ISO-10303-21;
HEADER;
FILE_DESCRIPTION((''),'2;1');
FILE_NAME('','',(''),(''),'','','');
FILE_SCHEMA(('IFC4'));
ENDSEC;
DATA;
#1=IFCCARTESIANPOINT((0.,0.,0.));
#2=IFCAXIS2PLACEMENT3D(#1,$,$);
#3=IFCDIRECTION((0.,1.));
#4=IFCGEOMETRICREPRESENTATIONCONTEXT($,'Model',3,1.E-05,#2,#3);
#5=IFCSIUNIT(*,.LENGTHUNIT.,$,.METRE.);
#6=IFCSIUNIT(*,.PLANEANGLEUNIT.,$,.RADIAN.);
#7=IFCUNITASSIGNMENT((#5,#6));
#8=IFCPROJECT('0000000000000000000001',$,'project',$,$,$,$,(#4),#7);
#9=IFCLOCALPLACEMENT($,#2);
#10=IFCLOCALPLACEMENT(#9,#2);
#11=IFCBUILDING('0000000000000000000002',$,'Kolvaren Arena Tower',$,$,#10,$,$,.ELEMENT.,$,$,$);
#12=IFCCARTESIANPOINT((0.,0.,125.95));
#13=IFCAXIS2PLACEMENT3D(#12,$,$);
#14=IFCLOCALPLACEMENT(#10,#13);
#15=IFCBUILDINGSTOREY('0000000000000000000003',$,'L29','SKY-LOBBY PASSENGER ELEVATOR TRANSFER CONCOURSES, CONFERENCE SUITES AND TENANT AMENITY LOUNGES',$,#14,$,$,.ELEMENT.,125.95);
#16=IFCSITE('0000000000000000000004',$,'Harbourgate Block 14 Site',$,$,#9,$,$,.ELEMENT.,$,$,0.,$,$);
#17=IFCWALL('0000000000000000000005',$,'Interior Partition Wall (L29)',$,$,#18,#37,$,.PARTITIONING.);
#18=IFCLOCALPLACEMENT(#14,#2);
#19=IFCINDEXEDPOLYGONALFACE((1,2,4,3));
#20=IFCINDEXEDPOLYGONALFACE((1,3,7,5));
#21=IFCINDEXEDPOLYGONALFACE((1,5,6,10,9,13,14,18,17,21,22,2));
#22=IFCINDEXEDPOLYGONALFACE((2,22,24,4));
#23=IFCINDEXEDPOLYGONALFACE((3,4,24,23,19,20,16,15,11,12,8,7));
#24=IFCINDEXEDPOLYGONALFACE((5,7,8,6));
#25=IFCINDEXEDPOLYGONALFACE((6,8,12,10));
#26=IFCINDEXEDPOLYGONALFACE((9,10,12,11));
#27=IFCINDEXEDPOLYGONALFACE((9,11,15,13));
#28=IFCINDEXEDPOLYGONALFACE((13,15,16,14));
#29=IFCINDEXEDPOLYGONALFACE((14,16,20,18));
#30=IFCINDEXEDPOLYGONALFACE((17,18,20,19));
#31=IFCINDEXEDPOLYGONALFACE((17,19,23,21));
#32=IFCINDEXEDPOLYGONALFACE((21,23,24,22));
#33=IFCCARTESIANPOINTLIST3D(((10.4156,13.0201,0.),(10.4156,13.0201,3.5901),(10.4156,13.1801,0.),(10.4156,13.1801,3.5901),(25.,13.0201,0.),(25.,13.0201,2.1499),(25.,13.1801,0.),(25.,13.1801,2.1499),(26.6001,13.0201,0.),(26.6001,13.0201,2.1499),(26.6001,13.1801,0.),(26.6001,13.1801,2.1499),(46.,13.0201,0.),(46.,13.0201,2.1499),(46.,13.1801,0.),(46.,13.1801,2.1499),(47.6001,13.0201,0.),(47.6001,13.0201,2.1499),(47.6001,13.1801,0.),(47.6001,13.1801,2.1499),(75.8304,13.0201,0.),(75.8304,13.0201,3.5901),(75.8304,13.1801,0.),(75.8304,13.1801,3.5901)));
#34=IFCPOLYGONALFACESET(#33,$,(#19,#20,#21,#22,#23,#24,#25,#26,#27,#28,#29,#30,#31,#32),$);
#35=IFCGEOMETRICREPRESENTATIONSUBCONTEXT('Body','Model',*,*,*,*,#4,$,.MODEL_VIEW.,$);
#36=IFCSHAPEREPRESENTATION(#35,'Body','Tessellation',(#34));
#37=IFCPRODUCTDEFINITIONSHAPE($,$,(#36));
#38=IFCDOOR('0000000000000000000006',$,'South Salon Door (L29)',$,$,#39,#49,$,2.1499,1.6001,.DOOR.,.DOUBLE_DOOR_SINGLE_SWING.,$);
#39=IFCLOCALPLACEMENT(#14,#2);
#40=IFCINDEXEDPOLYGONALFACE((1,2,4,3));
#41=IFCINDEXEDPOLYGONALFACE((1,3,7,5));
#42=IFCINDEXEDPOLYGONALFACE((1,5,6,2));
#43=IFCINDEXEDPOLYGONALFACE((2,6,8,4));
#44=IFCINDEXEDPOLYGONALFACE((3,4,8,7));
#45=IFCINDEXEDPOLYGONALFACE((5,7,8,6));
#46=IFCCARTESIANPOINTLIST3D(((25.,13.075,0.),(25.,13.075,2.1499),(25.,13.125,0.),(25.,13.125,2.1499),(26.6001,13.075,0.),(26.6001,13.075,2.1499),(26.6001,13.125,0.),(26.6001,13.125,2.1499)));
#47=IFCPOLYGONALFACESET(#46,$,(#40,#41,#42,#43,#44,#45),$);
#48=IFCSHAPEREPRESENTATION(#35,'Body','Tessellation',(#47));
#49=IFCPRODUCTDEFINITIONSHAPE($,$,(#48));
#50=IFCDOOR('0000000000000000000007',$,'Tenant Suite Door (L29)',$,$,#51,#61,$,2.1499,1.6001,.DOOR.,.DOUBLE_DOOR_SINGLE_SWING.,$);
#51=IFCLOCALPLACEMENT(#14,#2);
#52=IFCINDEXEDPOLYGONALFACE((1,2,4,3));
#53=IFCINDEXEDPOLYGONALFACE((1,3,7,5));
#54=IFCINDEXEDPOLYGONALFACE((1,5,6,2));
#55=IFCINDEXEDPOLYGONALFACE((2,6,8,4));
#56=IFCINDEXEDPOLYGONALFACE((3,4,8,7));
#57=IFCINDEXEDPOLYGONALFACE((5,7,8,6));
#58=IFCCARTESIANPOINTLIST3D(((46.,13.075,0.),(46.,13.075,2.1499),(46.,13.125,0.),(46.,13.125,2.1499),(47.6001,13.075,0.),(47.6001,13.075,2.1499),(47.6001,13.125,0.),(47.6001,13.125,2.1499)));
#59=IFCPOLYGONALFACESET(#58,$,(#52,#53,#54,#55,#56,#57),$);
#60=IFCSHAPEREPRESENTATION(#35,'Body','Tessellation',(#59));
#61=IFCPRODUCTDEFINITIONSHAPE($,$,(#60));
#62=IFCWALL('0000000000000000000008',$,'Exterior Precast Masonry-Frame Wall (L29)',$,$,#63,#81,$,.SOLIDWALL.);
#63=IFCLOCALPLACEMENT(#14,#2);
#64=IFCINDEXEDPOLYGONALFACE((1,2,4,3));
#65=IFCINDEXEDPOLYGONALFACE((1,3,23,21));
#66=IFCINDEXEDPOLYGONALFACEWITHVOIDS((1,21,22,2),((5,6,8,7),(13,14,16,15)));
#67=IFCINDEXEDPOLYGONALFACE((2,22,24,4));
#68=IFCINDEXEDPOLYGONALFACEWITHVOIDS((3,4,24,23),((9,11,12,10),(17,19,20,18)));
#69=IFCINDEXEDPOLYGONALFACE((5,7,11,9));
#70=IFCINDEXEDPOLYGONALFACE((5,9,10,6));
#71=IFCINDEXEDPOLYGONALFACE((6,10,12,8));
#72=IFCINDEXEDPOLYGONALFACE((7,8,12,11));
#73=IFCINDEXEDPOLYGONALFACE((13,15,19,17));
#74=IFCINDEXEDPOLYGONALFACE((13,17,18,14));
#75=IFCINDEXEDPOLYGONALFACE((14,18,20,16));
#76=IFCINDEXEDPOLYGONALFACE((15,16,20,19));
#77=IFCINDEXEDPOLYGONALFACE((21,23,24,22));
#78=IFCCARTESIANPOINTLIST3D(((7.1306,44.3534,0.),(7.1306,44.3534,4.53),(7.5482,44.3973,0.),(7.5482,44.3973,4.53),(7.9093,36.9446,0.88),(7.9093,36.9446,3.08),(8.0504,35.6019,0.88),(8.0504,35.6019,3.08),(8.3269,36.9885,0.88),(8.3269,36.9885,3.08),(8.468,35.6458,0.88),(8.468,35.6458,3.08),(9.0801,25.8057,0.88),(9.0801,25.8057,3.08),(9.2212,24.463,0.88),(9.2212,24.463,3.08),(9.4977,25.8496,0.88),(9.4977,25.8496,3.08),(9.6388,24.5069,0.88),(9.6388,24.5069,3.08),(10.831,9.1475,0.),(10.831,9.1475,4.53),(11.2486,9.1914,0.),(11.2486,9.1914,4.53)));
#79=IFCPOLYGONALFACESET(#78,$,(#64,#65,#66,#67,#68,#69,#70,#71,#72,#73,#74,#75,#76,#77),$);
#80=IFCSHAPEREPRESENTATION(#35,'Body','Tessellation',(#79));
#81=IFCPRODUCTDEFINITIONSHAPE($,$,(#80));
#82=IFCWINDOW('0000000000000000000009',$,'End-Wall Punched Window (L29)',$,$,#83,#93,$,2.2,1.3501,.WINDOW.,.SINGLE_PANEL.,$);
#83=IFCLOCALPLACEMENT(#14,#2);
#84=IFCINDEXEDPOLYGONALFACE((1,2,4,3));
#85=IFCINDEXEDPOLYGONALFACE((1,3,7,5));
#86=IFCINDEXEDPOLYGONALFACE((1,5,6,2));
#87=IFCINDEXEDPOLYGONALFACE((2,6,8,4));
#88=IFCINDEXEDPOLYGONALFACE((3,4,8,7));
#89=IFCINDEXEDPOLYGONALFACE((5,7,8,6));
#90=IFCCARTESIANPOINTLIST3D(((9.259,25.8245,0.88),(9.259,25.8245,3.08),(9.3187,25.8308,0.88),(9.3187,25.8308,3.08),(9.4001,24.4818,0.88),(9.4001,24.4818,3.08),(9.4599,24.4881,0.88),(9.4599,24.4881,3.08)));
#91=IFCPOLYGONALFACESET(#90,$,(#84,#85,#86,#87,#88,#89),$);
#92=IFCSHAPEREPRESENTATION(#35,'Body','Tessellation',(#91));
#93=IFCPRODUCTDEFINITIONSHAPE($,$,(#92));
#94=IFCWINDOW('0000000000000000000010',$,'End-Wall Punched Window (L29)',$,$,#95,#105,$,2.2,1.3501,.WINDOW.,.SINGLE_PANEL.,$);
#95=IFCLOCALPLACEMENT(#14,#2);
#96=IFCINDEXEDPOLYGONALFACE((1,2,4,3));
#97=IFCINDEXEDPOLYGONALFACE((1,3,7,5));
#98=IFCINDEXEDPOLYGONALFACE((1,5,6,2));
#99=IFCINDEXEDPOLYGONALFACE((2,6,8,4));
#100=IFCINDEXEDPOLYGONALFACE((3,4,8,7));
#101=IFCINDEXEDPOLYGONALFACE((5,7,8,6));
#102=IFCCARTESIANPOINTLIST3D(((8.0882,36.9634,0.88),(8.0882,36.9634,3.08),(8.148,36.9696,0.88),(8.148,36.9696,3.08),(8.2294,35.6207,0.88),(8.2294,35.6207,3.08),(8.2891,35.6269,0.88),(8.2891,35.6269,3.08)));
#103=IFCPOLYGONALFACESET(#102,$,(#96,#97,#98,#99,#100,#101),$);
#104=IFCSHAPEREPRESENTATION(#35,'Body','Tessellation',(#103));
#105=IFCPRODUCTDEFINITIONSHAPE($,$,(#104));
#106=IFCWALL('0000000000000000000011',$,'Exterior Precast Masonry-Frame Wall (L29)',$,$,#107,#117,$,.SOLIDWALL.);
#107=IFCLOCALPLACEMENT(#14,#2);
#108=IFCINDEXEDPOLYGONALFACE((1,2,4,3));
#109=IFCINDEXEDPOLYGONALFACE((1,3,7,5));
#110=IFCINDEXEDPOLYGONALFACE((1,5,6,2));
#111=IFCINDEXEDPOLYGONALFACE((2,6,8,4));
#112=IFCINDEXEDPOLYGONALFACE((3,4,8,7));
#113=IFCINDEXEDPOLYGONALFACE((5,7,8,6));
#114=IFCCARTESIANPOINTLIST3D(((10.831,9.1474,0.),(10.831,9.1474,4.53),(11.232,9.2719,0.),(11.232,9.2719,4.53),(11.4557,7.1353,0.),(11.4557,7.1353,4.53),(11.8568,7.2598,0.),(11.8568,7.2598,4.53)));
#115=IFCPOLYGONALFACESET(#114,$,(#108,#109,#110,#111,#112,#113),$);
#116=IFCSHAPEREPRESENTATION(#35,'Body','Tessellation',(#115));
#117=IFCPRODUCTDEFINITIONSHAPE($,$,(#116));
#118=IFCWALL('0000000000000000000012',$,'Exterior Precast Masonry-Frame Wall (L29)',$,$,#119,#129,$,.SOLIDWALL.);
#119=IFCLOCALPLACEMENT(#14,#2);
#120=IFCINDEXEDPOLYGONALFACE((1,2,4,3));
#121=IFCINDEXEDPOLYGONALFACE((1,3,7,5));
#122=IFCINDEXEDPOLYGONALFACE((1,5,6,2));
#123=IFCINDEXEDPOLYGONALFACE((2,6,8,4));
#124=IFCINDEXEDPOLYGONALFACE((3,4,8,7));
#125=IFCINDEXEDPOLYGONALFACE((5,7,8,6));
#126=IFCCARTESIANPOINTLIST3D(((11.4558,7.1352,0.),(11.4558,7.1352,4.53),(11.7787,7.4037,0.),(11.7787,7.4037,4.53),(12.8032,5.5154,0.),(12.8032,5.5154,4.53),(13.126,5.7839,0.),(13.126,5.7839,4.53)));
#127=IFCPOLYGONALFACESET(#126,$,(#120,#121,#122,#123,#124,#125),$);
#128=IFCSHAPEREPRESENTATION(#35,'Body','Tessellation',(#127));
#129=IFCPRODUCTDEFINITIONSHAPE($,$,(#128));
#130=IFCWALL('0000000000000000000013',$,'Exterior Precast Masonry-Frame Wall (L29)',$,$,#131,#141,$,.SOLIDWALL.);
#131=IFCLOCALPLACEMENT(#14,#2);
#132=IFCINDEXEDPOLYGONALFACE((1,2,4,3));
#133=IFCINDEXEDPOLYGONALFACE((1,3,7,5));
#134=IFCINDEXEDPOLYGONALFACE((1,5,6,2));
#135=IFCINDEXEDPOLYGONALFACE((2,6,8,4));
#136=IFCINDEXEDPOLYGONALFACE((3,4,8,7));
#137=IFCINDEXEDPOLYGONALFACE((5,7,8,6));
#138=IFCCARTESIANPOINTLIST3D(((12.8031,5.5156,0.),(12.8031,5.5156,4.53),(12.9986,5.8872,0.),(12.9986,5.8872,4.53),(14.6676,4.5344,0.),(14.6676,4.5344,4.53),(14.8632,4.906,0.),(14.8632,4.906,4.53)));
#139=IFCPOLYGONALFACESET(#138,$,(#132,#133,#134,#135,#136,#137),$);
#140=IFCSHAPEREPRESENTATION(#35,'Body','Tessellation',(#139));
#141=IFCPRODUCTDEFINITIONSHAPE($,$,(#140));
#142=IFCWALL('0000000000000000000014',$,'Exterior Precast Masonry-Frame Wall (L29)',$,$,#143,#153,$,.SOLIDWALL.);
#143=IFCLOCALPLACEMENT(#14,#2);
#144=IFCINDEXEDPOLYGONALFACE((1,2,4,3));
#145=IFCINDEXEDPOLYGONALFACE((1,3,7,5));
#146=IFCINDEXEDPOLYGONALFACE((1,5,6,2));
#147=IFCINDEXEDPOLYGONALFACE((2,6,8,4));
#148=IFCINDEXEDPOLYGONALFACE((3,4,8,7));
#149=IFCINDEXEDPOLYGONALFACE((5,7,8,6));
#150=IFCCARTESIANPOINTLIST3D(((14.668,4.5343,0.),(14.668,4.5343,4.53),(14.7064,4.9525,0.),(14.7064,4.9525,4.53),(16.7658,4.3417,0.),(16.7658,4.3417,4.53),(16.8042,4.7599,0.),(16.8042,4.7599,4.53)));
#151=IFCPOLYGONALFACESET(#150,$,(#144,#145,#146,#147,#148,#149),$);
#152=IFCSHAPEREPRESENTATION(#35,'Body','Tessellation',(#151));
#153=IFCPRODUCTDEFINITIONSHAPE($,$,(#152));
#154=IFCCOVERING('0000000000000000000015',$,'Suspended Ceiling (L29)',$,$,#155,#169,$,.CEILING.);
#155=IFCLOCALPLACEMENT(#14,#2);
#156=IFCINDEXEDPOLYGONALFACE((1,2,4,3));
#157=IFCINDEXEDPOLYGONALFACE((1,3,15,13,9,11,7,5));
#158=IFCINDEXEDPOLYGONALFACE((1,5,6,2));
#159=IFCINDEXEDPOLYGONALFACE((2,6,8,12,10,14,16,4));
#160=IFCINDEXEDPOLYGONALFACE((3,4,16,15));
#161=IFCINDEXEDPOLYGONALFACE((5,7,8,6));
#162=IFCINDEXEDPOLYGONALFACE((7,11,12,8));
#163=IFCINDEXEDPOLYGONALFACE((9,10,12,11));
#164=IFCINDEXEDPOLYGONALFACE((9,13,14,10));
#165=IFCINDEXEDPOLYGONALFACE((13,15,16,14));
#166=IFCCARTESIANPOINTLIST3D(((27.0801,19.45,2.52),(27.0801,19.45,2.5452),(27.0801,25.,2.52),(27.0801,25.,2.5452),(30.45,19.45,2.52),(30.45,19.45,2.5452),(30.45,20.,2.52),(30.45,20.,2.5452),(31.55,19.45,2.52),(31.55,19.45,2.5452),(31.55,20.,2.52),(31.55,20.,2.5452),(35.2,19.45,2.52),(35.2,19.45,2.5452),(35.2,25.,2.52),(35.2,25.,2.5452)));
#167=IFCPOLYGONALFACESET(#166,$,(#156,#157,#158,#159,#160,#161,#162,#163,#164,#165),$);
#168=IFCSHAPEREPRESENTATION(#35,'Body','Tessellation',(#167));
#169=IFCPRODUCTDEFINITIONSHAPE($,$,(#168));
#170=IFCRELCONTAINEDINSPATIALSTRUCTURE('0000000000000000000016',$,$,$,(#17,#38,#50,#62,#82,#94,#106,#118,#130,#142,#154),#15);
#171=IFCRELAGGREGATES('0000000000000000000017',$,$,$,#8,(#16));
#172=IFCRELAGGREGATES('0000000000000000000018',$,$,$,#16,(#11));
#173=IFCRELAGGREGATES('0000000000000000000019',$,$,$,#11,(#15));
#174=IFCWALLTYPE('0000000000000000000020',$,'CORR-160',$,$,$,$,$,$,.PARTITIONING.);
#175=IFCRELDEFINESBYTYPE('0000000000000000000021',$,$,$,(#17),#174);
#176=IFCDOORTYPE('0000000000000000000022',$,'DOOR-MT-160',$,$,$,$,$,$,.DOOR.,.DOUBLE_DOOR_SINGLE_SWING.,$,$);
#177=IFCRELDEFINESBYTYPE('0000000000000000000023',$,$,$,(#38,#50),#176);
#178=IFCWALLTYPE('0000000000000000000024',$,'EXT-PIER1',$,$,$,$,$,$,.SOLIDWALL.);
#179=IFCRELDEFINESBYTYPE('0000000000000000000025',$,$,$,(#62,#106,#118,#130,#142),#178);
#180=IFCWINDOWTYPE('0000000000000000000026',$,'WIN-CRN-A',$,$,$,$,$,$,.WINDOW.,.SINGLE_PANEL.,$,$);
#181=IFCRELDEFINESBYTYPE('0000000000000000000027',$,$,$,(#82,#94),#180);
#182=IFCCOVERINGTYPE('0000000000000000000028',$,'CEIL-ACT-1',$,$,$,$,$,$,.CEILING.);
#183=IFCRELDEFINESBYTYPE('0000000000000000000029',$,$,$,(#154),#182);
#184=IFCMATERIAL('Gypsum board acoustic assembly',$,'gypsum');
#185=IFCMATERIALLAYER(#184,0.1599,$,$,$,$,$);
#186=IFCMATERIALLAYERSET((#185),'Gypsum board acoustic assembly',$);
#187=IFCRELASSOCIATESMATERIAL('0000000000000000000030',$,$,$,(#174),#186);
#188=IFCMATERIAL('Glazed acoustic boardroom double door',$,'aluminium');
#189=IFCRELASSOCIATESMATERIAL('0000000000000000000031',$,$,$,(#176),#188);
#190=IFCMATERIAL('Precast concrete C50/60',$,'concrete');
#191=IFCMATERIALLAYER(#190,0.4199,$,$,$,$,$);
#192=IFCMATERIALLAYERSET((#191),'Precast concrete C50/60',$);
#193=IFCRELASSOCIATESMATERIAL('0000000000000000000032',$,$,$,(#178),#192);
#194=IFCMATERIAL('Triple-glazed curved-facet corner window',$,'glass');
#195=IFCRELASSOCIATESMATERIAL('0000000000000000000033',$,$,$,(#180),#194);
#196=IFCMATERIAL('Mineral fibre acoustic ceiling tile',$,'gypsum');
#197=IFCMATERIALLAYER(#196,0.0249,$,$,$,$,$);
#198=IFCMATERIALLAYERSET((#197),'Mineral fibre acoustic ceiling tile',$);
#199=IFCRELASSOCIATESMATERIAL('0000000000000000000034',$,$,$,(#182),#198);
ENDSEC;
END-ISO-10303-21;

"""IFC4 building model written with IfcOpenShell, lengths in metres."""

from ifc_helpers import new_model, si_unit, direction, frame, frame_2d, origin, place, context, subcontext, project, spatial, polyline, rectangle, outline, extrude, material, layer, layer_set, type_object, element, fill, save


model = new_model("IFC4")

# Units and contexts
model_context = context("Model", 3, precision=1e-05, world=origin(), true_north=direction((0.0, 1.0)))
body_context = subcontext(model_context, "Body", "Model", "MODEL_VIEW")
ifc_project = project(units=[si_unit("LENGTHUNIT", "METRE"), si_unit("PLANEANGLEUNIT", "RADIAN")], contexts=[model_context])

# Site, building, storey
site_placement = place(None, origin())
site = spatial("IfcSite", under=ifc_project, at=site_placement, Name="Harbourgate Block 14 Site", CompositionType="ELEMENT", RefElevation=0.0)
building_placement = place(site_placement, origin())
building = spatial("IfcBuilding", under=site, at=building_placement, Name="Kolvaren Arena Tower", CompositionType="ELEMENT")
storey_placement = place(building_placement, frame((0.0, 0.0, 125.95)))
storey = spatial("IfcBuildingStorey", under=building, at=storey_placement, Name="L29", Description="SKY-LOBBY PASSENGER ELEVATOR TRANSFER CONCOURSES, CONFERENCE SUITES AND TENANT AMENITY LOUNGES", CompositionType="ELEMENT", Elevation=125.95)

# Wall, openings, doors
ifc_material_1 = material(Name="Gypsum board acoustic assembly", Category="gypsum")
ifc_layer_1 = layer(ifc_material_1, 0.1599)
ifc_layer_set_1 = layer_set([ifc_layer_1], Name="Gypsum board acoustic assembly")
wall_type_1 = type_object("IfcWallType", Name="CORR-160", PredefinedType="PARTITIONING", material=ifc_layer_set_1)
wall_1_placement = place(storey_placement, frame((10.4155, 13.1001, 0.0), z_axis=(0.0, 0.0, 1.0), x_axis=(1.0, 0.0, 0.0)))
wall_1 = element("IfcWall", 1, at=wall_1_placement, inside=storey, type_object=wall_type_1, Name="Interior Partition Wall (L29)", PredefinedType="PARTITIONING", context=body_context, shape_type="SweptSolid", body=[
    extrude(rectangle(XDim=65.4148, YDim=0.1599, at=frame_2d((32.7075, 0.0))), origin(), (0.0, 0.0, 1.0), 3.5901),
])
opening_1_placement = place(wall_1_placement, frame((14.5845, 0.0, 0.0)))
opening_1 = element("IfcOpeningElement", 2, at=opening_1_placement, cuts=wall_1, PredefinedType="OPENING", context=body_context, shape_type="SweptSolid", body=[
    extrude(rectangle(XDim=1.6001, YDim=2.1499, at=frame_2d((0.8, 1.075))), frame((0.0, 0.0898, 0.0), z_axis=(0.0, -1.0, 0.0), x_axis=(1.0, 0.0, 0.0)), (0.0, 0.0, 1.0), 0.1799),
])
opening_2_placement = place(wall_1_placement, frame((35.5845, 0.0, 0.0)))
opening_2 = element("IfcOpeningElement", 3, at=opening_2_placement, cuts=wall_1, PredefinedType="OPENING", context=body_context, shape_type="SweptSolid", body=[
    extrude(rectangle(XDim=1.6001, YDim=2.1499, at=frame_2d((0.8, 1.075))), frame((0.0, 0.0898, 0.0), z_axis=(0.0, -1.0, 0.0), x_axis=(1.0, 0.0, 0.0)), (0.0, 0.0, 1.0), 0.1799),
])
ifc_material_2 = material(Name="Glazed acoustic boardroom double door", Category="aluminium")
door_type = type_object("IfcDoorType", Name="DOOR-MT-160", OperationType="DOUBLE_DOOR_SINGLE_SWING", PredefinedType="DOOR", material=ifc_material_2)
door_1_placement = place(opening_1_placement, origin())
door_1 = element("IfcDoor", 4, at=door_1_placement, inside=storey, type_object=door_type, Name="South Salon Door (L29)", OperationType="DOUBLE_DOOR_SINGLE_SWING", OverallHeight=2.1499, OverallWidth=1.6001, PredefinedType="DOOR", context=body_context, shape_type="SweptSolid", body=[
    extrude(rectangle(XDim=1.6001, YDim=2.1499, at=frame_2d((0.8, 1.075))), frame((0.0, 0.0249, 0.0), z_axis=(0.0, -1.0, 0.0), x_axis=(1.0, 0.0, 0.0)), (0.0, 0.0, 1.0), 0.05),
])
fill(opening_1, door_1)
door_2_placement = place(opening_2_placement, origin())
door_2 = element("IfcDoor", 5, at=door_2_placement, inside=storey, type_object=door_type, Name="Tenant Suite Door (L29)", OperationType="DOUBLE_DOOR_SINGLE_SWING", OverallHeight=2.1499, OverallWidth=1.6001, PredefinedType="DOOR", context=body_context, shape_type="SweptSolid", body=[
    extrude(rectangle(XDim=1.6001, YDim=2.1499, at=frame_2d((0.8, 1.075))), frame((0.0, 0.0249, 0.0), z_axis=(0.0, -1.0, 0.0), x_axis=(1.0, 0.0, 0.0)), (0.0, 0.0, 1.0), 0.05),
])
fill(opening_2, door_2)

# Wall, openings, windows
ifc_material_3 = material(Name="Precast concrete C50/60", Category="concrete")
ifc_layer_2 = layer(ifc_material_3, 0.4199)
ifc_layer_set_2 = layer_set([ifc_layer_2], Name="Precast concrete C50/60")
wall_type_2 = type_object("IfcWallType", Name="EXT-PIER1", PredefinedType="SOLIDWALL", material=ifc_layer_set_2)
wall_2_placement = place(storey_placement, frame((11.0398, 9.1694, 0.0), z_axis=(0.0, 0.0, 1.0), x_axis=(-0.104532, 0.994522, 0.0)))
wall_2 = element("IfcWall", 6, at=wall_2_placement, inside=storey, type_object=wall_type_2, Name="Exterior Precast Masonry-Frame Wall (L29)", PredefinedType="SOLIDWALL", context=body_context, shape_type="SweptSolid", body=[
    extrude(rectangle(XDim=35.3999, YDim=0.4199, at=frame_2d((17.7, 0.0))), origin(), (0.0, 0.0, 1.0), 4.53),
])
opening_3_placement = place(wall_2_placement, frame((15.3999, 0.0, 0.8799)))
opening_3 = element("IfcOpeningElement", 7, at=opening_3_placement, cuts=wall_2, PredefinedType="OPENING", context=body_context, shape_type="SweptSolid", body=[
    extrude(rectangle(XDim=1.3501, YDim=2.2, at=frame_2d((0.675, 1.1001))), frame((0.0, 0.22, 0.0), z_axis=(0.0, -1.0, 0.0), x_axis=(1.0, 0.0, 0.0)), (0.0, 0.0, 1.0), 0.4399),
])
opening_4_placement = place(wall_2_placement, frame((26.6001, 0.0, 0.8799)))
opening_4 = element("IfcOpeningElement", 8, at=opening_4_placement, cuts=wall_2, PredefinedType="OPENING", context=body_context, shape_type="SweptSolid", body=[
    extrude(rectangle(XDim=1.3501, YDim=2.2, at=frame_2d((0.675, 1.1001))), frame((0.0, 0.22, 0.0), z_axis=(0.0, -1.0, 0.0), x_axis=(1.0, 0.0, 0.0)), (0.0, 0.0, 1.0), 0.4399),
])
ifc_material_4 = material(Name="Triple-glazed curved-facet corner window", Category="glass")
window_type = type_object("IfcWindowType", Name="WIN-CRN-A", PartitioningType="SINGLE_PANEL", PredefinedType="WINDOW", material=ifc_material_4)
window_1_placement = place(opening_3_placement, origin())
window_1 = element("IfcWindow", 9, at=window_1_placement, inside=storey, type_object=window_type, Name="End-Wall Punched Window (L29)", OverallHeight=2.2, OverallWidth=1.3501, PartitioningType="SINGLE_PANEL", PredefinedType="WINDOW", context=body_context, shape_type="SweptSolid", body=[
    extrude(rectangle(XDim=1.3501, YDim=2.2, at=frame_2d((0.675, 1.1001))), frame((0.0, 0.03, 0.0), z_axis=(0.0, -1.0, 0.0), x_axis=(1.0, 0.0, 0.0)), (0.0, 0.0, 1.0), 0.0601),
])
fill(opening_3, window_1)
window_2_placement = place(opening_4_placement, origin())
window_2 = element("IfcWindow", 10, at=window_2_placement, inside=storey, type_object=window_type, Name="End-Wall Punched Window (L29)", OverallHeight=2.2, OverallWidth=1.3501, PartitioningType="SINGLE_PANEL", PredefinedType="WINDOW", context=body_context, shape_type="SweptSolid", body=[
    extrude(rectangle(XDim=1.3501, YDim=2.2, at=frame_2d((0.675, 1.1001))), frame((0.0, 0.03, 0.0), z_axis=(0.0, -1.0, 0.0), x_axis=(1.0, 0.0, 0.0)), (0.0, 0.0, 1.0), 0.0601),
])
fill(opening_4, window_2)

# Walls
for number, where, z_axis, x_axis, name in (
    (11, (11.6562, 7.1975, 0.0), (0.0, 0.0, 1.0), (-0.296519, 0.955027, 0.0), "Exterior Precast Masonry-Frame Wall (L29)"),
    (12, (12.9646, 5.6497, 0.0), (0.0, 0.0, 1.0), (-0.639489, 0.7688, 0.0), "Exterior Precast Masonry-Frame Wall (L29)"),
    (13, (14.7654, 4.7202, 0.0), (0.0, 0.0, 1.0), (-0.884941, 0.465703, 0.0), "Exterior Precast Masonry-Frame Wall (L29)"),
):
    element("IfcWall", number, at=place(storey_placement, frame(where, z_axis=z_axis, x_axis=x_axis)), inside=storey, type_object=wall_type_2, Name=name, PredefinedType="SOLIDWALL", context=body_context, shape_type="SweptSolid", body=[
        extrude(rectangle(XDim=2.1069, YDim=0.4199, at=frame_2d((1.0535, 0.0))), origin(), (0.0, 0.0, 1.0), 4.53),
    ])
wall_3_placement = place(storey_placement, frame((16.7849, 4.5508, 0.0), z_axis=(0.0, 0.0, 1.0), x_axis=(-0.995811, 0.091434, 0.0)))
element("IfcWall", 14, at=wall_3_placement, inside=storey, type_object=wall_type_2, Name="Exterior Precast Masonry-Frame Wall (L29)", PredefinedType="SOLIDWALL", context=body_context, shape_type="SweptSolid", body=[
    extrude(rectangle(XDim=2.1067, YDim=0.4199, at=frame_2d((1.0532, 0.0))), origin(), (0.0, 0.0, 1.0), 4.53),
])

# Covering
ifc_material_5 = material(Name="Mineral fibre acoustic ceiling tile", Category="gypsum")
ifc_layer_3 = layer(ifc_material_5, 0.0249)
ifc_layer_set_3 = layer_set([ifc_layer_3], Name="Mineral fibre acoustic ceiling tile")
covering_type_1 = type_object("IfcCoveringType", Name="CEIL-ACT-1", PredefinedType="CEILING", material=ifc_layer_set_3)
covering_1_placement = place(storey_placement, frame((0.0, 0.0, 2.52)))
element("IfcCovering", 15, at=covering_1_placement, inside=storey, type_object=covering_type_1, Name="Suspended Ceiling (L29)", PredefinedType="CEILING", context=body_context, shape_type="SweptSolid", body=[
    extrude(outline(polyline([(27.0801, 19.45), (27.0801, 25.0), (35.2, 25.0), (35.2, 19.45), (31.55, 19.45), (31.55, 20.0), (30.45, 20.0), (30.45, 19.45), (27.0801, 19.45)])), origin(), (0.0, 0.0, 1.0), 0.0251),
])

save(model, "model.ifc")
